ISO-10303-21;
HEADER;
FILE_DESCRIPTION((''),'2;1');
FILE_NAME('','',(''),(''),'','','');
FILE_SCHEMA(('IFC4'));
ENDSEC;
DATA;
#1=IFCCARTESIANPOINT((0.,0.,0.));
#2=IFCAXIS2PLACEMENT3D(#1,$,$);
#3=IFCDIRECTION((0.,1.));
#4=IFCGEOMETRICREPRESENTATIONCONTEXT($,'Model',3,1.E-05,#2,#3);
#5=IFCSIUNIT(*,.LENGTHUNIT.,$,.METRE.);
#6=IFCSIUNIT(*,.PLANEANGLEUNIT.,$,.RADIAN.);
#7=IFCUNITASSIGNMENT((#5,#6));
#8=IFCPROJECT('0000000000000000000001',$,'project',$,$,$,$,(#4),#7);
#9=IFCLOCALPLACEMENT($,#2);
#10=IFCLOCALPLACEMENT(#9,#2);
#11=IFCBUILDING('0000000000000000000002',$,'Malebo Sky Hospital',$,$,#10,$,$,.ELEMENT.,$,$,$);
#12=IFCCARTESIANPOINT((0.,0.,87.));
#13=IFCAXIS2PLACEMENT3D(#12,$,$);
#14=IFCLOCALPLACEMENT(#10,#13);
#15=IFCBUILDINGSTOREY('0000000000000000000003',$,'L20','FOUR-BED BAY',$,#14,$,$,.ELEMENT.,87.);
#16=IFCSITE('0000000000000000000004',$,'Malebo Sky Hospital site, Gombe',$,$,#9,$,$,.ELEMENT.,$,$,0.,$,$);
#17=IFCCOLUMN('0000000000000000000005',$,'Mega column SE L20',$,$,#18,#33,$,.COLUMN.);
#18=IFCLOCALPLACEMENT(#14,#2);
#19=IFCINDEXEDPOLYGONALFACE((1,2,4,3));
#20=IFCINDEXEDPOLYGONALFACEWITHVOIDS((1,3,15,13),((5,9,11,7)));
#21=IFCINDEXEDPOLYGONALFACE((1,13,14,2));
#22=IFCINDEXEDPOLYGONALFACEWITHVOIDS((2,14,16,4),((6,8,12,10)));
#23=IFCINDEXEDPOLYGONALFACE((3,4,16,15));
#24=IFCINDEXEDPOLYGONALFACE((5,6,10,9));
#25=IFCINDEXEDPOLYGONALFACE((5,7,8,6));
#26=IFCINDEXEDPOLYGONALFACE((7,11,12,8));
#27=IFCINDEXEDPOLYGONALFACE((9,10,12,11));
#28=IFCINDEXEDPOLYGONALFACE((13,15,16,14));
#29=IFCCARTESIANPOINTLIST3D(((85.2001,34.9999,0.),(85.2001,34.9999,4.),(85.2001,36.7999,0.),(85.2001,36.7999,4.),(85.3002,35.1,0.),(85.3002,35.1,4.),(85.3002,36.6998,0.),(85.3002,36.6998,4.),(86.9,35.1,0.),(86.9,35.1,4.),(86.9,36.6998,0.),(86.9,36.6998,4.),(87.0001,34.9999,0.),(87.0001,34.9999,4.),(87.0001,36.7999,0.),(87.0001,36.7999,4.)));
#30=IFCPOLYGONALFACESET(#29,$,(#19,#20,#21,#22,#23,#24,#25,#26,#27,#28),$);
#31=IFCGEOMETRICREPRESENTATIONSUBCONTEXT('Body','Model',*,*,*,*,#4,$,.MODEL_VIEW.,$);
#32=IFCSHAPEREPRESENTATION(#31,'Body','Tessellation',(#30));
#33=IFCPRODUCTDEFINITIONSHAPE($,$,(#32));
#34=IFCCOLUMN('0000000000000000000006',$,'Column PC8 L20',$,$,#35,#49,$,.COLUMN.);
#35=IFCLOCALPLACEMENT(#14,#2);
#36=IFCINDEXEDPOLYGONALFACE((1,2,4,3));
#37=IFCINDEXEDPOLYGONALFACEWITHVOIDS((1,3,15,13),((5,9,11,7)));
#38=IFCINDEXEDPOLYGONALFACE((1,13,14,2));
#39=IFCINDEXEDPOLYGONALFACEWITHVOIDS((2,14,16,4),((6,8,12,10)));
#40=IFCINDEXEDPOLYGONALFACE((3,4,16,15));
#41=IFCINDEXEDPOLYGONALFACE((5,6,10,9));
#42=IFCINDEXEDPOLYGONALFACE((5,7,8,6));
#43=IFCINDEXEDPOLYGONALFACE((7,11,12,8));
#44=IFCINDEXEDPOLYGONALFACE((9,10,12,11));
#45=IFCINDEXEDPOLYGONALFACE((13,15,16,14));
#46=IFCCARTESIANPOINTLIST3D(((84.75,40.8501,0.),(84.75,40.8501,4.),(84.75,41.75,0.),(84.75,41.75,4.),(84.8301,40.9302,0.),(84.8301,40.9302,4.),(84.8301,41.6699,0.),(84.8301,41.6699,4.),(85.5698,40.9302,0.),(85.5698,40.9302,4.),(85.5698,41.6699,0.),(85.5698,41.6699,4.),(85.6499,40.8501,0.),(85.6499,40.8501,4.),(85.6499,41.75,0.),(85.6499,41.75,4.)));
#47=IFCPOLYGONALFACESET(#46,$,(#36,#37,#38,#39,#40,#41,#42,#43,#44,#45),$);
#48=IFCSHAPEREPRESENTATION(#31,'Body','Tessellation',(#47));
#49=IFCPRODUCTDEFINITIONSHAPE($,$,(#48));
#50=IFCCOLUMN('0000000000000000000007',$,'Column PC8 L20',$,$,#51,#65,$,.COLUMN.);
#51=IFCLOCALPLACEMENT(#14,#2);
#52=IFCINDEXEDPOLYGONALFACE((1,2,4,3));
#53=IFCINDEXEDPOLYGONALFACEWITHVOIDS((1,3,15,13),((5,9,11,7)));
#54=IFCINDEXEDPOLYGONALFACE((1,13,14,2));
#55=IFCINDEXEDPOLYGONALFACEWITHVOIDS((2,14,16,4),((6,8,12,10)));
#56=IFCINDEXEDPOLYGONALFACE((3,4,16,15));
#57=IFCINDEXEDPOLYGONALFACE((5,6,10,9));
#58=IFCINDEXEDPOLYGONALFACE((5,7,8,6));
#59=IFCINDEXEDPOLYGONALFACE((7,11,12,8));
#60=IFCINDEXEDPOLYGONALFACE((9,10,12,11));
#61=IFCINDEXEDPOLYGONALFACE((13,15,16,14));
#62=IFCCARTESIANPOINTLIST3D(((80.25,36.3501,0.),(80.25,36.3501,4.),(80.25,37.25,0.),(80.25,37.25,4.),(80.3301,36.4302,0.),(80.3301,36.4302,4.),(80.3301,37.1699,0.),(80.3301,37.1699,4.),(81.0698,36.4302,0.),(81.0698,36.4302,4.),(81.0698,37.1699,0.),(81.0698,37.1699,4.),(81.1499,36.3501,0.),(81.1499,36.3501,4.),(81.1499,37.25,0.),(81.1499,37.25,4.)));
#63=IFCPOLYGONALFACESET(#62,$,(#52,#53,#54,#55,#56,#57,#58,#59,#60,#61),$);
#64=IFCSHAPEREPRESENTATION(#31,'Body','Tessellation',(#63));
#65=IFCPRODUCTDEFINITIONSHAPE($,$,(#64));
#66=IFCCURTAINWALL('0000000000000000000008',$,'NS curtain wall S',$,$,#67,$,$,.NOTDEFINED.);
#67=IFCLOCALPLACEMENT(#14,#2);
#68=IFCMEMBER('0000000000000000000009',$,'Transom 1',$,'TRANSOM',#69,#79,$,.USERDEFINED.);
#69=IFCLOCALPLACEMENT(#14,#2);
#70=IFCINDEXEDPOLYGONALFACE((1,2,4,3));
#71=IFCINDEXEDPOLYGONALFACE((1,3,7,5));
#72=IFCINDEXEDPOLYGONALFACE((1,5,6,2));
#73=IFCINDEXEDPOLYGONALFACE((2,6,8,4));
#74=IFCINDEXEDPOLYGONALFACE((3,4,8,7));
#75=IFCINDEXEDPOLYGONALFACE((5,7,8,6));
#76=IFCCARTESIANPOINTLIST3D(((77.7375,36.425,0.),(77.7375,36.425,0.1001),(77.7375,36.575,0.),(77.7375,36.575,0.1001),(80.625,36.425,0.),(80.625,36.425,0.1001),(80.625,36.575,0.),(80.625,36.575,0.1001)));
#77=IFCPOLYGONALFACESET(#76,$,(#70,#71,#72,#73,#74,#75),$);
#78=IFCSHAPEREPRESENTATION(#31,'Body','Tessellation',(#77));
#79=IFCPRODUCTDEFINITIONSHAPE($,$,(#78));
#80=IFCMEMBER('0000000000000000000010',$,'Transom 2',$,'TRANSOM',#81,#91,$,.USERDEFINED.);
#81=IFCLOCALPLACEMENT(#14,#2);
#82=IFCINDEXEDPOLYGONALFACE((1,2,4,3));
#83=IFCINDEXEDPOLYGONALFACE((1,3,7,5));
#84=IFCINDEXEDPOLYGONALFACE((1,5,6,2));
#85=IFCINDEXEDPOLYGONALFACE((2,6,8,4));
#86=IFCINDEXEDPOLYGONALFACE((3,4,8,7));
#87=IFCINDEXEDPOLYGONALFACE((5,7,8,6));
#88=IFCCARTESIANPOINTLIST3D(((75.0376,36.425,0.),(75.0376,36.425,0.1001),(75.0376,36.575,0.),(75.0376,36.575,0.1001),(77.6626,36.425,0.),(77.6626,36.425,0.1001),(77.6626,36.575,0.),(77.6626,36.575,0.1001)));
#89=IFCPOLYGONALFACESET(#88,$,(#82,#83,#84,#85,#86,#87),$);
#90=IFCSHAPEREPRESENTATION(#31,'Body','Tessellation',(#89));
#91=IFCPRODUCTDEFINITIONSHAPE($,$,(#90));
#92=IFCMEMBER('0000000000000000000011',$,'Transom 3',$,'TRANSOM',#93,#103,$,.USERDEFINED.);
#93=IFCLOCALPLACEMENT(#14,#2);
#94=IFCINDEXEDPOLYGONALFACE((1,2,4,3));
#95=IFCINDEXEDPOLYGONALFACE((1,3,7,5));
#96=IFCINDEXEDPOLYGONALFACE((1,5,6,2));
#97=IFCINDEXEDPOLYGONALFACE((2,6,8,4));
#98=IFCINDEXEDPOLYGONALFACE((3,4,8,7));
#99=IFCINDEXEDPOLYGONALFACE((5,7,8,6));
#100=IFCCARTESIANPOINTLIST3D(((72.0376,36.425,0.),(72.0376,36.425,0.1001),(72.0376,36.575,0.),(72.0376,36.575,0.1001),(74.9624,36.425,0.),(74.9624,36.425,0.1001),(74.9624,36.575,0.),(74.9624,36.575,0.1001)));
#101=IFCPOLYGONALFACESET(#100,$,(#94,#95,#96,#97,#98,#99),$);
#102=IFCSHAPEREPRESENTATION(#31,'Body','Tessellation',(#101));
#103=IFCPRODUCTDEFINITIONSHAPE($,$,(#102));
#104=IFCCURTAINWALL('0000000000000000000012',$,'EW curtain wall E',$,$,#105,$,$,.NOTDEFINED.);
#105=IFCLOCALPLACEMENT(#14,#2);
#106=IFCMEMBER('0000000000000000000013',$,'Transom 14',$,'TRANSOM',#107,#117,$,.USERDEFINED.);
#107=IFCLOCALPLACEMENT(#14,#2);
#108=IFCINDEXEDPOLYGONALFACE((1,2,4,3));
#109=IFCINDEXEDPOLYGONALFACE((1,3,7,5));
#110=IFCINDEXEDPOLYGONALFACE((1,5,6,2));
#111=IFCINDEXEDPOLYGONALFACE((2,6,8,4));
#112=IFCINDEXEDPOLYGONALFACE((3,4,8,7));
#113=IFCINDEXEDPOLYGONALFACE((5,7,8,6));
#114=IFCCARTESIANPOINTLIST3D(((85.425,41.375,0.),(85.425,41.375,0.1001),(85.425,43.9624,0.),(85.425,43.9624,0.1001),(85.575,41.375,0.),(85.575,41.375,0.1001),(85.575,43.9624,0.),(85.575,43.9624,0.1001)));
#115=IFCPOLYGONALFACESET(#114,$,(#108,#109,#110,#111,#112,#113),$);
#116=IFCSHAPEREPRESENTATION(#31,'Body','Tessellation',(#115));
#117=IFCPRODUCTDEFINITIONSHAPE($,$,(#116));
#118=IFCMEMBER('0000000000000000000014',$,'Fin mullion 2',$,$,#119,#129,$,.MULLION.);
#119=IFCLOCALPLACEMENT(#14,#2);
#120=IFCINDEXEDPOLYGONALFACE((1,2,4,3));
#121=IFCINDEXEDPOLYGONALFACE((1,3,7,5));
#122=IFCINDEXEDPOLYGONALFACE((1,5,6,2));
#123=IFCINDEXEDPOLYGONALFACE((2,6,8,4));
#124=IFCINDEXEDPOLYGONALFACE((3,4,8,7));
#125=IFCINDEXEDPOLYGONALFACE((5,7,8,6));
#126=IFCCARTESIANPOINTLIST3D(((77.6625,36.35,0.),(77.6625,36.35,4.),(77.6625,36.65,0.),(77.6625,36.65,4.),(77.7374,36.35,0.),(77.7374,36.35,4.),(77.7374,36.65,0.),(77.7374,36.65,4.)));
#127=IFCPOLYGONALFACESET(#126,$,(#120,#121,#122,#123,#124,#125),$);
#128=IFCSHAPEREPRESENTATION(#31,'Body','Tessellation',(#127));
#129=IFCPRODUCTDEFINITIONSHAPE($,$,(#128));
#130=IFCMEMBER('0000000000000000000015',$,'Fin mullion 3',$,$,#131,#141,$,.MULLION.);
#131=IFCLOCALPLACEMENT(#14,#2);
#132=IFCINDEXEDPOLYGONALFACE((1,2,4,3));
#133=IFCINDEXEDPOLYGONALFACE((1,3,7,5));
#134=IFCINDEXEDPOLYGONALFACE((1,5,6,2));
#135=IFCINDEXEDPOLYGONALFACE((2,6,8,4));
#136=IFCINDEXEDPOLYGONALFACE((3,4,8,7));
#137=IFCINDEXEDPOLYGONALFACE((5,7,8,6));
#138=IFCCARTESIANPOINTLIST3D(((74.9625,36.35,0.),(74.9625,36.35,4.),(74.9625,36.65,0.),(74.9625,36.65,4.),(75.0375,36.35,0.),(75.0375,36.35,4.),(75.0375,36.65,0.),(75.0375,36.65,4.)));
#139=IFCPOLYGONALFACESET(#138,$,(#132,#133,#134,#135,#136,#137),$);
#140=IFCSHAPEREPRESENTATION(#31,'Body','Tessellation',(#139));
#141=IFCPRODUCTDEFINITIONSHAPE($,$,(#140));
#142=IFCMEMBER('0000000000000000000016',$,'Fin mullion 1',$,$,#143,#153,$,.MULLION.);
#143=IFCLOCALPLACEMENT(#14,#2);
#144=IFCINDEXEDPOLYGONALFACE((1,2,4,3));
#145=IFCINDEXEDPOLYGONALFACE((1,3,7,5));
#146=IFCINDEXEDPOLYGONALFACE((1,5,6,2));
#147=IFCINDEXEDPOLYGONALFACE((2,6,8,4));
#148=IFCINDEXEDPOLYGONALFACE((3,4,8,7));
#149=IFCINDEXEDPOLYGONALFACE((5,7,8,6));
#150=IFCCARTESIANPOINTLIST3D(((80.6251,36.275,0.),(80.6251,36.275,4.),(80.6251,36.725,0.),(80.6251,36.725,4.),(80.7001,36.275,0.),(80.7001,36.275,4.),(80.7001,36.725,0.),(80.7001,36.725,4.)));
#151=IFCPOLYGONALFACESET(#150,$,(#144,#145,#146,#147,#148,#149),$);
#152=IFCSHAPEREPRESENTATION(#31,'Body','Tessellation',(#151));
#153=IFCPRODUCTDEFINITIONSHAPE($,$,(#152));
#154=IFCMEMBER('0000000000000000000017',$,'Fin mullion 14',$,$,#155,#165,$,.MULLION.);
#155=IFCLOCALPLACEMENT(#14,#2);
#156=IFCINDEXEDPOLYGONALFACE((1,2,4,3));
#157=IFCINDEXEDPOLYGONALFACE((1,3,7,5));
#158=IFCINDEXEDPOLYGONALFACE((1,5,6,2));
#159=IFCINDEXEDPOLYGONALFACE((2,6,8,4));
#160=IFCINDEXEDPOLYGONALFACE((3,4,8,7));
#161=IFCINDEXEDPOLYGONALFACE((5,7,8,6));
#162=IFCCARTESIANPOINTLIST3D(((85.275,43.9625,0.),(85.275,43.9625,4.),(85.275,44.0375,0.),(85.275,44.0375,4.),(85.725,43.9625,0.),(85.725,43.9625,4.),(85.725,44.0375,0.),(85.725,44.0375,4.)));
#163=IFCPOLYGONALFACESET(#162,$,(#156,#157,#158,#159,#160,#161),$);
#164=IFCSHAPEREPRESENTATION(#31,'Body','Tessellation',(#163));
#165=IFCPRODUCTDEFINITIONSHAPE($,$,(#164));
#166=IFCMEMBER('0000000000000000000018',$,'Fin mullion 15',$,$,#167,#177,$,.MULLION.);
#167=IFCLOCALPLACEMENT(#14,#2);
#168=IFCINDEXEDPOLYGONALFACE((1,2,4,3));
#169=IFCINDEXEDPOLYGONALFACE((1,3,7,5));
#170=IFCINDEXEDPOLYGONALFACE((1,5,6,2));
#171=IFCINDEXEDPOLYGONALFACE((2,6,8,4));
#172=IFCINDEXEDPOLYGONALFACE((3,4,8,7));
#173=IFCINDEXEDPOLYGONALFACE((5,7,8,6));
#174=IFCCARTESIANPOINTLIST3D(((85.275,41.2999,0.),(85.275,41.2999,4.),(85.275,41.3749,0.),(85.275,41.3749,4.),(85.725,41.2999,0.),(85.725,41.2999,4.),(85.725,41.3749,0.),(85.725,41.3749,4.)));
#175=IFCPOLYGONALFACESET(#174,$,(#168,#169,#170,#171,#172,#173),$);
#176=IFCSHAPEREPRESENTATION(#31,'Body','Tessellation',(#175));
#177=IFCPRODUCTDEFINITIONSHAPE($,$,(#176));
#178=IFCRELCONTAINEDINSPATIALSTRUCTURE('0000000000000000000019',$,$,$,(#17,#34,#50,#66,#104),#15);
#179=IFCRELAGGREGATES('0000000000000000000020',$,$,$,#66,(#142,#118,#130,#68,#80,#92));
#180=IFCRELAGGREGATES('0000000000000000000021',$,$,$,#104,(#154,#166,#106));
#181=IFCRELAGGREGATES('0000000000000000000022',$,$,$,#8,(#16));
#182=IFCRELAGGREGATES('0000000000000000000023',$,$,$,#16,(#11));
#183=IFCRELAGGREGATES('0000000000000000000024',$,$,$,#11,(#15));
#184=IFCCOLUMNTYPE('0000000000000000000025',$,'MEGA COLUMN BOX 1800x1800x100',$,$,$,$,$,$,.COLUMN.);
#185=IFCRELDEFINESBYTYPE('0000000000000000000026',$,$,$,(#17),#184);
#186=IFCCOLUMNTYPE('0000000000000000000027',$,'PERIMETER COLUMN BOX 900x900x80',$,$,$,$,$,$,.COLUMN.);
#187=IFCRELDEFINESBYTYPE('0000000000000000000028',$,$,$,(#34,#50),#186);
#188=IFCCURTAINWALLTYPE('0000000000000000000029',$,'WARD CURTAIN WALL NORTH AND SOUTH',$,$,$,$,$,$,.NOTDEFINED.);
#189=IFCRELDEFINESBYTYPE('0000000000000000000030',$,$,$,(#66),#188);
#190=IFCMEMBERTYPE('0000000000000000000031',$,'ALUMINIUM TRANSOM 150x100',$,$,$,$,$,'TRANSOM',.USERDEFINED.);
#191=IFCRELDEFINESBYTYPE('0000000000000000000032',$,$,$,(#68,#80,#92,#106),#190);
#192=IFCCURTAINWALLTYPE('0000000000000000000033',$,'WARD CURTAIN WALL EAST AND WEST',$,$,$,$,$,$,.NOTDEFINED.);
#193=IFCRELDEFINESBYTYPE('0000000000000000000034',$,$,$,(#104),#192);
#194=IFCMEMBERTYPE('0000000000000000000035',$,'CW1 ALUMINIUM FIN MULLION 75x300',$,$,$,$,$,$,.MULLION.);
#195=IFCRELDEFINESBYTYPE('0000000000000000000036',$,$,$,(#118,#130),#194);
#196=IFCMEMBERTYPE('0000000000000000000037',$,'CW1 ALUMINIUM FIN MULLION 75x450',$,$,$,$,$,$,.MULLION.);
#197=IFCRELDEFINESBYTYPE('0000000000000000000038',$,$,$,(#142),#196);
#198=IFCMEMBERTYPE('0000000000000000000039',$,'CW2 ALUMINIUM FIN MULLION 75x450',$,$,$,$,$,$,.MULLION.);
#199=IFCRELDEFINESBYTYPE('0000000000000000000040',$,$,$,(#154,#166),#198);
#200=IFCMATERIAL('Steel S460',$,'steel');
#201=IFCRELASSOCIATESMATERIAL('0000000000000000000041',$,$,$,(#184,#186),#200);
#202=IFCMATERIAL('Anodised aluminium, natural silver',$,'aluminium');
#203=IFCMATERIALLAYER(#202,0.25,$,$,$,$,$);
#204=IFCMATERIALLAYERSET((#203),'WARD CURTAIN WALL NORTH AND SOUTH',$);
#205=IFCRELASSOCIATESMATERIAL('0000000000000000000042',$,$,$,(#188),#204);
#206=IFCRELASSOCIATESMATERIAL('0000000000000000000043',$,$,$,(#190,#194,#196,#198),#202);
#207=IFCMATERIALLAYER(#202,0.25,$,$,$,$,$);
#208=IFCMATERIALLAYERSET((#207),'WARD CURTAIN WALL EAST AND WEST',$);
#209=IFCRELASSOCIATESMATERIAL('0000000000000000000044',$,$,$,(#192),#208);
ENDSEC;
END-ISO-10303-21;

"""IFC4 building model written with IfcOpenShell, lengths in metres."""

from ifc_helpers import new_model, si_unit, direction, frame, origin, origin_2d, place, context, subcontext, project, spatial, rectangle, hollow_rectangle, extrude, material, layer, layer_set, material_profile, profile_set, type_object, element, aggregate, save


model = new_model("IFC4")

# Units and contexts
model_context = context("Model", 3, precision=1e-05, world=origin(), true_north=direction((0.0, 1.0)))
body_context = subcontext(model_context, "Body", "Model", "MODEL_VIEW")
ifc_project = project(units=[si_unit("LENGTHUNIT", "METRE"), si_unit("PLANEANGLEUNIT", "RADIAN")], contexts=[model_context])

# Site, building, storey
site_placement = place(None, origin())
site = spatial("IfcSite", under=ifc_project, at=site_placement, Name="Malebo Sky Hospital site, Gombe", CompositionType="ELEMENT", RefElevation=0.0)
building_placement = place(site_placement, origin())
building = spatial("IfcBuilding", under=site, at=building_placement, Name="Malebo Sky Hospital", CompositionType="ELEMENT")
storey_placement = place(building_placement, frame((0.0, 0.0, 87.0)))
storey = spatial("IfcBuildingStorey", under=building, at=storey_placement, Name="L20", Description="FOUR-BED BAY", CompositionType="ELEMENT", Elevation=87.0)

# Columns
ifc_material_1 = material(Name="Steel S460", Category="steel")
ifc_material_profile_1 = material_profile(ifc_material_1, hollow_rectangle(XDim=1.8, YDim=1.8, WallThickness=0.1001, at=origin_2d()), Name="BOX 1800x1800x100")
ifc_profile_set_1 = profile_set([ifc_material_profile_1], Name="Steel S460")
column_type_1 = type_object("IfcColumnType", Name="MEGA COLUMN BOX 1800x1800x100", PredefinedType="COLUMN", material=ifc_profile_set_1)
column_placement = place(storey_placement, frame((86.1001, 35.8999, 0.0), z_axis=(0.0, 0.0, 1.0), x_axis=(1.0, 0.0, 0.0)))
element("IfcColumn", 1, at=column_placement, inside=storey, type_object=column_type_1, Name="Mega column SE L20", PredefinedType="COLUMN", context=body_context, shape_type="SweptSolid", body=[
    extrude(hollow_rectangle(XDim=1.8, YDim=1.8, WallThickness=0.1001, at=origin_2d()), origin(), (0.0, 0.0, 1.0), 4.0),
])
ifc_material_profile_2 = material_profile(ifc_material_1, hollow_rectangle(XDim=0.8999, YDim=0.8999, WallThickness=0.0801, at=origin_2d()), Name="BOX 900x900x80")
ifc_profile_set_2 = profile_set([ifc_material_profile_2], Name="Steel S460")
column_type_2 = type_object("IfcColumnType", Name="PERIMETER COLUMN BOX 900x900x80", PredefinedType="COLUMN", material=ifc_profile_set_2)
for number, where, z_axis, x_axis, name in (
    (2, (85.2, 41.3, 0.0), (0.0, 0.0, 1.0), (1.0, 0.0, 0.0), "Column PC8 L20"),
    (3, (80.7, 36.8, 0.0), (0.0, 0.0, 1.0), (1.0, 0.0, 0.0), "Column PC8 L20"),
):
    element("IfcColumn", number, at=place(storey_placement, frame(where, z_axis=z_axis, x_axis=x_axis)), inside=storey, type_object=column_type_2, Name=name, PredefinedType="COLUMN", context=body_context, shape_type="SweptSolid", body=[
        extrude(hollow_rectangle(XDim=0.8999, YDim=0.8999, WallThickness=0.0801, at=origin_2d()), origin(), (0.0, 0.0, 1.0), 4.0),
    ])

# Curtain wall, members
ifc_material_2 = material(Name="Anodised aluminium, natural silver", Category="aluminium")
ifc_layer_1 = layer(ifc_material_2, 0.25)
ifc_layer_set_1 = layer_set([ifc_layer_1], Name="WARD CURTAIN WALL NORTH AND SOUTH")
curtain_wall_type_1 = type_object("IfcCurtainWallType", Name="WARD CURTAIN WALL NORTH AND SOUTH", PredefinedType="NOTDEFINED", material=ifc_layer_set_1)
curtain_wall_1_placement = place(storey_placement, origin())
curtain_wall_1 = element("IfcCurtainWall", 4, at=curtain_wall_1_placement, inside=storey, type_object=curtain_wall_type_1, Name="NS curtain wall S", PredefinedType="NOTDEFINED")
ifc_material_profile_3 = material_profile(ifc_material_2, rectangle(XDim=0.1499, YDim=0.1001, at=origin_2d()), Name="ALUMINIUM TRANSOM 150x100")
ifc_profile_set_3 = profile_set([ifc_material_profile_3], Name="Anodised aluminium, natural silver")
member_type_1 = type_object("IfcMemberType", Name="ALUMINIUM TRANSOM 150x100", ElementType="TRANSOM", PredefinedType="USERDEFINED", material=ifc_profile_set_3)
member_1_placement = place(storey_placement, frame((80.625, 36.5, 0.05), z_axis=(-1.0, 0.0, 0.0), x_axis=(0.0, -1.0, 0.0)))
member_1 = element("IfcMember", 5, at=member_1_placement, type_object=member_type_1, Name="Transom 1", ObjectType="TRANSOM", PredefinedType="USERDEFINED", context=body_context, shape_type="SweptSolid", body=[
    extrude(rectangle(XDim=0.1499, YDim=0.1001, at=origin_2d()), origin(), (0.0, 0.0, 1.0), 2.8875),
])
member_2_placement = place(storey_placement, frame((77.6626, 36.5, 0.05), z_axis=(-1.0, 0.0, 0.0), x_axis=(0.0, -1.0, 0.0)))
member_2 = element("IfcMember", 6, at=member_2_placement, type_object=member_type_1, Name="Transom 2", ObjectType="TRANSOM", PredefinedType="USERDEFINED", context=body_context, shape_type="SweptSolid", body=[
    extrude(rectangle(XDim=0.1499, YDim=0.1001, at=origin_2d()), origin(), (0.0, 0.0, 1.0), 2.625),
])
member_3_placement = place(storey_placement, frame((74.9624, 36.5, 0.05), z_axis=(-1.0, 0.0, 0.0), x_axis=(0.0, -1.0, 0.0)))
member_3 = element("IfcMember", 7, at=member_3_placement, type_object=member_type_1, Name="Transom 3", ObjectType="TRANSOM", PredefinedType="USERDEFINED", context=body_context, shape_type="SweptSolid", body=[
    extrude(rectangle(XDim=0.1499, YDim=0.1001, at=origin_2d()), origin(), (0.0, 0.0, 1.0), 2.9248),
])

# Curtain wall, member
ifc_layer_2 = layer(ifc_material_2, 0.25)
ifc_layer_set_2 = layer_set([ifc_layer_2], Name="WARD CURTAIN WALL EAST AND WEST")
curtain_wall_type_2 = type_object("IfcCurtainWallType", Name="WARD CURTAIN WALL EAST AND WEST", PredefinedType="NOTDEFINED", material=ifc_layer_set_2)
curtain_wall_2_placement = place(storey_placement, origin())
curtain_wall_2 = element("IfcCurtainWall", 8, at=curtain_wall_2_placement, inside=storey, type_object=curtain_wall_type_2, Name="EW curtain wall E", PredefinedType="NOTDEFINED")
member_4_placement = place(storey_placement, frame((85.5, 43.9624, 0.05), z_axis=(0.0, -1.0, 0.0), x_axis=(1.0, 0.0, 0.0)))
member_4 = element("IfcMember", 9, at=member_4_placement, type_object=member_type_1, Name="Transom 14", ObjectType="TRANSOM", PredefinedType="USERDEFINED", context=body_context, shape_type="SweptSolid", body=[
    extrude(rectangle(XDim=0.1499, YDim=0.1001, at=origin_2d()), origin(), (0.0, 0.0, 1.0), 2.5874),
])

# Members
ifc_material_profile_4 = material_profile(ifc_material_2, rectangle(XDim=0.075, YDim=0.3, at=origin_2d()), Name="CW1 ALUMINIUM FIN MULLION 75x300")
ifc_profile_set_4 = profile_set([ifc_material_profile_4], Name="Anodised aluminium, natural silver")
member_type_2 = type_object("IfcMemberType", Name="CW1 ALUMINIUM FIN MULLION 75x300", PredefinedType="MULLION", material=ifc_profile_set_4)
member_5_placement = place(storey_placement, frame((77.7, 36.5, 0.0), z_axis=(0.0, 0.0, 1.0), x_axis=(-1.0, 0.0, 0.0)))
member_5 = element("IfcMember", 10, at=member_5_placement, type_object=member_type_2, Name="Fin mullion 2", PredefinedType="MULLION", context=body_context, shape_type="SweptSolid", body=[
    extrude(rectangle(XDim=0.075, YDim=0.3, at=origin_2d()), origin(), (0.0, 0.0, 1.0), 4.0),
])
member_6_placement = place(storey_placement, frame((75.0, 36.5, 0.0), z_axis=(0.0, 0.0, 1.0), x_axis=(-1.0, 0.0, 0.0)))
member_6 = element("IfcMember", 11, at=member_6_placement, type_object=member_type_2, Name="Fin mullion 3", PredefinedType="MULLION", context=body_context, shape_type="SweptSolid", body=[
    extrude(rectangle(XDim=0.075, YDim=0.3, at=origin_2d()), origin(), (0.0, 0.0, 1.0), 4.0),
])
ifc_material_profile_5 = material_profile(ifc_material_2, rectangle(XDim=0.075, YDim=0.45, at=origin_2d()), Name="CW1 ALUMINIUM FIN MULLION 75x450")
ifc_profile_set_5 = profile_set([ifc_material_profile_5], Name="Anodised aluminium, natural silver")
member_type_3 = type_object("IfcMemberType", Name="CW1 ALUMINIUM FIN MULLION 75x450", PredefinedType="MULLION", material=ifc_profile_set_5)
member_7_placement = place(storey_placement, frame((80.6626, 36.5, 0.0), z_axis=(0.0, 0.0, 1.0), x_axis=(-1.0, 0.0, 0.0)))
member_7 = element("IfcMember", 12, at=member_7_placement, type_object=member_type_3, Name="Fin mullion 1", PredefinedType="MULLION", context=body_context, shape_type="SweptSolid", body=[
    extrude(rectangle(XDim=0.075, YDim=0.45, at=origin_2d()), origin(), (0.0, 0.0, 1.0), 4.0),
])
ifc_material_profile_6 = material_profile(ifc_material_2, rectangle(XDim=0.075, YDim=0.45, at=origin_2d()), Name="CW2 ALUMINIUM FIN MULLION 75x450")
ifc_profile_set_6 = profile_set([ifc_material_profile_6], Name="Anodised aluminium, natural silver")
member_type_4 = type_object("IfcMemberType", Name="CW2 ALUMINIUM FIN MULLION 75x450", PredefinedType="MULLION", material=ifc_profile_set_6)
member_8_placement = place(storey_placement, frame((85.5, 44.0, 0.0), z_axis=(0.0, 0.0, 1.0), x_axis=(0.0, -1.0, 0.0)))
member_8 = element("IfcMember", 13, at=member_8_placement, type_object=member_type_4, Name="Fin mullion 14", PredefinedType="MULLION", context=body_context, shape_type="SweptSolid", body=[
    extrude(rectangle(XDim=0.075, YDim=0.45, at=origin_2d()), origin(), (0.0, 0.0, 1.0), 4.0),
])
member_9_placement = place(storey_placement, frame((85.5, 41.3374, 0.0), z_axis=(0.0, 0.0, 1.0), x_axis=(0.0, -1.0, 0.0)))
member_9 = element("IfcMember", 14, at=member_9_placement, type_object=member_type_4, Name="Fin mullion 15", PredefinedType="MULLION", context=body_context, shape_type="SweptSolid", body=[
    extrude(rectangle(XDim=0.075, YDim=0.45, at=origin_2d()), origin(), (0.0, 0.0, 1.0), 4.0),
])

aggregate(curtain_wall_1, [member_7, member_5, member_6, member_1, member_2, member_3])
aggregate(curtain_wall_2, [member_8, member_9, member_4])

save(model, "model.ifc")
